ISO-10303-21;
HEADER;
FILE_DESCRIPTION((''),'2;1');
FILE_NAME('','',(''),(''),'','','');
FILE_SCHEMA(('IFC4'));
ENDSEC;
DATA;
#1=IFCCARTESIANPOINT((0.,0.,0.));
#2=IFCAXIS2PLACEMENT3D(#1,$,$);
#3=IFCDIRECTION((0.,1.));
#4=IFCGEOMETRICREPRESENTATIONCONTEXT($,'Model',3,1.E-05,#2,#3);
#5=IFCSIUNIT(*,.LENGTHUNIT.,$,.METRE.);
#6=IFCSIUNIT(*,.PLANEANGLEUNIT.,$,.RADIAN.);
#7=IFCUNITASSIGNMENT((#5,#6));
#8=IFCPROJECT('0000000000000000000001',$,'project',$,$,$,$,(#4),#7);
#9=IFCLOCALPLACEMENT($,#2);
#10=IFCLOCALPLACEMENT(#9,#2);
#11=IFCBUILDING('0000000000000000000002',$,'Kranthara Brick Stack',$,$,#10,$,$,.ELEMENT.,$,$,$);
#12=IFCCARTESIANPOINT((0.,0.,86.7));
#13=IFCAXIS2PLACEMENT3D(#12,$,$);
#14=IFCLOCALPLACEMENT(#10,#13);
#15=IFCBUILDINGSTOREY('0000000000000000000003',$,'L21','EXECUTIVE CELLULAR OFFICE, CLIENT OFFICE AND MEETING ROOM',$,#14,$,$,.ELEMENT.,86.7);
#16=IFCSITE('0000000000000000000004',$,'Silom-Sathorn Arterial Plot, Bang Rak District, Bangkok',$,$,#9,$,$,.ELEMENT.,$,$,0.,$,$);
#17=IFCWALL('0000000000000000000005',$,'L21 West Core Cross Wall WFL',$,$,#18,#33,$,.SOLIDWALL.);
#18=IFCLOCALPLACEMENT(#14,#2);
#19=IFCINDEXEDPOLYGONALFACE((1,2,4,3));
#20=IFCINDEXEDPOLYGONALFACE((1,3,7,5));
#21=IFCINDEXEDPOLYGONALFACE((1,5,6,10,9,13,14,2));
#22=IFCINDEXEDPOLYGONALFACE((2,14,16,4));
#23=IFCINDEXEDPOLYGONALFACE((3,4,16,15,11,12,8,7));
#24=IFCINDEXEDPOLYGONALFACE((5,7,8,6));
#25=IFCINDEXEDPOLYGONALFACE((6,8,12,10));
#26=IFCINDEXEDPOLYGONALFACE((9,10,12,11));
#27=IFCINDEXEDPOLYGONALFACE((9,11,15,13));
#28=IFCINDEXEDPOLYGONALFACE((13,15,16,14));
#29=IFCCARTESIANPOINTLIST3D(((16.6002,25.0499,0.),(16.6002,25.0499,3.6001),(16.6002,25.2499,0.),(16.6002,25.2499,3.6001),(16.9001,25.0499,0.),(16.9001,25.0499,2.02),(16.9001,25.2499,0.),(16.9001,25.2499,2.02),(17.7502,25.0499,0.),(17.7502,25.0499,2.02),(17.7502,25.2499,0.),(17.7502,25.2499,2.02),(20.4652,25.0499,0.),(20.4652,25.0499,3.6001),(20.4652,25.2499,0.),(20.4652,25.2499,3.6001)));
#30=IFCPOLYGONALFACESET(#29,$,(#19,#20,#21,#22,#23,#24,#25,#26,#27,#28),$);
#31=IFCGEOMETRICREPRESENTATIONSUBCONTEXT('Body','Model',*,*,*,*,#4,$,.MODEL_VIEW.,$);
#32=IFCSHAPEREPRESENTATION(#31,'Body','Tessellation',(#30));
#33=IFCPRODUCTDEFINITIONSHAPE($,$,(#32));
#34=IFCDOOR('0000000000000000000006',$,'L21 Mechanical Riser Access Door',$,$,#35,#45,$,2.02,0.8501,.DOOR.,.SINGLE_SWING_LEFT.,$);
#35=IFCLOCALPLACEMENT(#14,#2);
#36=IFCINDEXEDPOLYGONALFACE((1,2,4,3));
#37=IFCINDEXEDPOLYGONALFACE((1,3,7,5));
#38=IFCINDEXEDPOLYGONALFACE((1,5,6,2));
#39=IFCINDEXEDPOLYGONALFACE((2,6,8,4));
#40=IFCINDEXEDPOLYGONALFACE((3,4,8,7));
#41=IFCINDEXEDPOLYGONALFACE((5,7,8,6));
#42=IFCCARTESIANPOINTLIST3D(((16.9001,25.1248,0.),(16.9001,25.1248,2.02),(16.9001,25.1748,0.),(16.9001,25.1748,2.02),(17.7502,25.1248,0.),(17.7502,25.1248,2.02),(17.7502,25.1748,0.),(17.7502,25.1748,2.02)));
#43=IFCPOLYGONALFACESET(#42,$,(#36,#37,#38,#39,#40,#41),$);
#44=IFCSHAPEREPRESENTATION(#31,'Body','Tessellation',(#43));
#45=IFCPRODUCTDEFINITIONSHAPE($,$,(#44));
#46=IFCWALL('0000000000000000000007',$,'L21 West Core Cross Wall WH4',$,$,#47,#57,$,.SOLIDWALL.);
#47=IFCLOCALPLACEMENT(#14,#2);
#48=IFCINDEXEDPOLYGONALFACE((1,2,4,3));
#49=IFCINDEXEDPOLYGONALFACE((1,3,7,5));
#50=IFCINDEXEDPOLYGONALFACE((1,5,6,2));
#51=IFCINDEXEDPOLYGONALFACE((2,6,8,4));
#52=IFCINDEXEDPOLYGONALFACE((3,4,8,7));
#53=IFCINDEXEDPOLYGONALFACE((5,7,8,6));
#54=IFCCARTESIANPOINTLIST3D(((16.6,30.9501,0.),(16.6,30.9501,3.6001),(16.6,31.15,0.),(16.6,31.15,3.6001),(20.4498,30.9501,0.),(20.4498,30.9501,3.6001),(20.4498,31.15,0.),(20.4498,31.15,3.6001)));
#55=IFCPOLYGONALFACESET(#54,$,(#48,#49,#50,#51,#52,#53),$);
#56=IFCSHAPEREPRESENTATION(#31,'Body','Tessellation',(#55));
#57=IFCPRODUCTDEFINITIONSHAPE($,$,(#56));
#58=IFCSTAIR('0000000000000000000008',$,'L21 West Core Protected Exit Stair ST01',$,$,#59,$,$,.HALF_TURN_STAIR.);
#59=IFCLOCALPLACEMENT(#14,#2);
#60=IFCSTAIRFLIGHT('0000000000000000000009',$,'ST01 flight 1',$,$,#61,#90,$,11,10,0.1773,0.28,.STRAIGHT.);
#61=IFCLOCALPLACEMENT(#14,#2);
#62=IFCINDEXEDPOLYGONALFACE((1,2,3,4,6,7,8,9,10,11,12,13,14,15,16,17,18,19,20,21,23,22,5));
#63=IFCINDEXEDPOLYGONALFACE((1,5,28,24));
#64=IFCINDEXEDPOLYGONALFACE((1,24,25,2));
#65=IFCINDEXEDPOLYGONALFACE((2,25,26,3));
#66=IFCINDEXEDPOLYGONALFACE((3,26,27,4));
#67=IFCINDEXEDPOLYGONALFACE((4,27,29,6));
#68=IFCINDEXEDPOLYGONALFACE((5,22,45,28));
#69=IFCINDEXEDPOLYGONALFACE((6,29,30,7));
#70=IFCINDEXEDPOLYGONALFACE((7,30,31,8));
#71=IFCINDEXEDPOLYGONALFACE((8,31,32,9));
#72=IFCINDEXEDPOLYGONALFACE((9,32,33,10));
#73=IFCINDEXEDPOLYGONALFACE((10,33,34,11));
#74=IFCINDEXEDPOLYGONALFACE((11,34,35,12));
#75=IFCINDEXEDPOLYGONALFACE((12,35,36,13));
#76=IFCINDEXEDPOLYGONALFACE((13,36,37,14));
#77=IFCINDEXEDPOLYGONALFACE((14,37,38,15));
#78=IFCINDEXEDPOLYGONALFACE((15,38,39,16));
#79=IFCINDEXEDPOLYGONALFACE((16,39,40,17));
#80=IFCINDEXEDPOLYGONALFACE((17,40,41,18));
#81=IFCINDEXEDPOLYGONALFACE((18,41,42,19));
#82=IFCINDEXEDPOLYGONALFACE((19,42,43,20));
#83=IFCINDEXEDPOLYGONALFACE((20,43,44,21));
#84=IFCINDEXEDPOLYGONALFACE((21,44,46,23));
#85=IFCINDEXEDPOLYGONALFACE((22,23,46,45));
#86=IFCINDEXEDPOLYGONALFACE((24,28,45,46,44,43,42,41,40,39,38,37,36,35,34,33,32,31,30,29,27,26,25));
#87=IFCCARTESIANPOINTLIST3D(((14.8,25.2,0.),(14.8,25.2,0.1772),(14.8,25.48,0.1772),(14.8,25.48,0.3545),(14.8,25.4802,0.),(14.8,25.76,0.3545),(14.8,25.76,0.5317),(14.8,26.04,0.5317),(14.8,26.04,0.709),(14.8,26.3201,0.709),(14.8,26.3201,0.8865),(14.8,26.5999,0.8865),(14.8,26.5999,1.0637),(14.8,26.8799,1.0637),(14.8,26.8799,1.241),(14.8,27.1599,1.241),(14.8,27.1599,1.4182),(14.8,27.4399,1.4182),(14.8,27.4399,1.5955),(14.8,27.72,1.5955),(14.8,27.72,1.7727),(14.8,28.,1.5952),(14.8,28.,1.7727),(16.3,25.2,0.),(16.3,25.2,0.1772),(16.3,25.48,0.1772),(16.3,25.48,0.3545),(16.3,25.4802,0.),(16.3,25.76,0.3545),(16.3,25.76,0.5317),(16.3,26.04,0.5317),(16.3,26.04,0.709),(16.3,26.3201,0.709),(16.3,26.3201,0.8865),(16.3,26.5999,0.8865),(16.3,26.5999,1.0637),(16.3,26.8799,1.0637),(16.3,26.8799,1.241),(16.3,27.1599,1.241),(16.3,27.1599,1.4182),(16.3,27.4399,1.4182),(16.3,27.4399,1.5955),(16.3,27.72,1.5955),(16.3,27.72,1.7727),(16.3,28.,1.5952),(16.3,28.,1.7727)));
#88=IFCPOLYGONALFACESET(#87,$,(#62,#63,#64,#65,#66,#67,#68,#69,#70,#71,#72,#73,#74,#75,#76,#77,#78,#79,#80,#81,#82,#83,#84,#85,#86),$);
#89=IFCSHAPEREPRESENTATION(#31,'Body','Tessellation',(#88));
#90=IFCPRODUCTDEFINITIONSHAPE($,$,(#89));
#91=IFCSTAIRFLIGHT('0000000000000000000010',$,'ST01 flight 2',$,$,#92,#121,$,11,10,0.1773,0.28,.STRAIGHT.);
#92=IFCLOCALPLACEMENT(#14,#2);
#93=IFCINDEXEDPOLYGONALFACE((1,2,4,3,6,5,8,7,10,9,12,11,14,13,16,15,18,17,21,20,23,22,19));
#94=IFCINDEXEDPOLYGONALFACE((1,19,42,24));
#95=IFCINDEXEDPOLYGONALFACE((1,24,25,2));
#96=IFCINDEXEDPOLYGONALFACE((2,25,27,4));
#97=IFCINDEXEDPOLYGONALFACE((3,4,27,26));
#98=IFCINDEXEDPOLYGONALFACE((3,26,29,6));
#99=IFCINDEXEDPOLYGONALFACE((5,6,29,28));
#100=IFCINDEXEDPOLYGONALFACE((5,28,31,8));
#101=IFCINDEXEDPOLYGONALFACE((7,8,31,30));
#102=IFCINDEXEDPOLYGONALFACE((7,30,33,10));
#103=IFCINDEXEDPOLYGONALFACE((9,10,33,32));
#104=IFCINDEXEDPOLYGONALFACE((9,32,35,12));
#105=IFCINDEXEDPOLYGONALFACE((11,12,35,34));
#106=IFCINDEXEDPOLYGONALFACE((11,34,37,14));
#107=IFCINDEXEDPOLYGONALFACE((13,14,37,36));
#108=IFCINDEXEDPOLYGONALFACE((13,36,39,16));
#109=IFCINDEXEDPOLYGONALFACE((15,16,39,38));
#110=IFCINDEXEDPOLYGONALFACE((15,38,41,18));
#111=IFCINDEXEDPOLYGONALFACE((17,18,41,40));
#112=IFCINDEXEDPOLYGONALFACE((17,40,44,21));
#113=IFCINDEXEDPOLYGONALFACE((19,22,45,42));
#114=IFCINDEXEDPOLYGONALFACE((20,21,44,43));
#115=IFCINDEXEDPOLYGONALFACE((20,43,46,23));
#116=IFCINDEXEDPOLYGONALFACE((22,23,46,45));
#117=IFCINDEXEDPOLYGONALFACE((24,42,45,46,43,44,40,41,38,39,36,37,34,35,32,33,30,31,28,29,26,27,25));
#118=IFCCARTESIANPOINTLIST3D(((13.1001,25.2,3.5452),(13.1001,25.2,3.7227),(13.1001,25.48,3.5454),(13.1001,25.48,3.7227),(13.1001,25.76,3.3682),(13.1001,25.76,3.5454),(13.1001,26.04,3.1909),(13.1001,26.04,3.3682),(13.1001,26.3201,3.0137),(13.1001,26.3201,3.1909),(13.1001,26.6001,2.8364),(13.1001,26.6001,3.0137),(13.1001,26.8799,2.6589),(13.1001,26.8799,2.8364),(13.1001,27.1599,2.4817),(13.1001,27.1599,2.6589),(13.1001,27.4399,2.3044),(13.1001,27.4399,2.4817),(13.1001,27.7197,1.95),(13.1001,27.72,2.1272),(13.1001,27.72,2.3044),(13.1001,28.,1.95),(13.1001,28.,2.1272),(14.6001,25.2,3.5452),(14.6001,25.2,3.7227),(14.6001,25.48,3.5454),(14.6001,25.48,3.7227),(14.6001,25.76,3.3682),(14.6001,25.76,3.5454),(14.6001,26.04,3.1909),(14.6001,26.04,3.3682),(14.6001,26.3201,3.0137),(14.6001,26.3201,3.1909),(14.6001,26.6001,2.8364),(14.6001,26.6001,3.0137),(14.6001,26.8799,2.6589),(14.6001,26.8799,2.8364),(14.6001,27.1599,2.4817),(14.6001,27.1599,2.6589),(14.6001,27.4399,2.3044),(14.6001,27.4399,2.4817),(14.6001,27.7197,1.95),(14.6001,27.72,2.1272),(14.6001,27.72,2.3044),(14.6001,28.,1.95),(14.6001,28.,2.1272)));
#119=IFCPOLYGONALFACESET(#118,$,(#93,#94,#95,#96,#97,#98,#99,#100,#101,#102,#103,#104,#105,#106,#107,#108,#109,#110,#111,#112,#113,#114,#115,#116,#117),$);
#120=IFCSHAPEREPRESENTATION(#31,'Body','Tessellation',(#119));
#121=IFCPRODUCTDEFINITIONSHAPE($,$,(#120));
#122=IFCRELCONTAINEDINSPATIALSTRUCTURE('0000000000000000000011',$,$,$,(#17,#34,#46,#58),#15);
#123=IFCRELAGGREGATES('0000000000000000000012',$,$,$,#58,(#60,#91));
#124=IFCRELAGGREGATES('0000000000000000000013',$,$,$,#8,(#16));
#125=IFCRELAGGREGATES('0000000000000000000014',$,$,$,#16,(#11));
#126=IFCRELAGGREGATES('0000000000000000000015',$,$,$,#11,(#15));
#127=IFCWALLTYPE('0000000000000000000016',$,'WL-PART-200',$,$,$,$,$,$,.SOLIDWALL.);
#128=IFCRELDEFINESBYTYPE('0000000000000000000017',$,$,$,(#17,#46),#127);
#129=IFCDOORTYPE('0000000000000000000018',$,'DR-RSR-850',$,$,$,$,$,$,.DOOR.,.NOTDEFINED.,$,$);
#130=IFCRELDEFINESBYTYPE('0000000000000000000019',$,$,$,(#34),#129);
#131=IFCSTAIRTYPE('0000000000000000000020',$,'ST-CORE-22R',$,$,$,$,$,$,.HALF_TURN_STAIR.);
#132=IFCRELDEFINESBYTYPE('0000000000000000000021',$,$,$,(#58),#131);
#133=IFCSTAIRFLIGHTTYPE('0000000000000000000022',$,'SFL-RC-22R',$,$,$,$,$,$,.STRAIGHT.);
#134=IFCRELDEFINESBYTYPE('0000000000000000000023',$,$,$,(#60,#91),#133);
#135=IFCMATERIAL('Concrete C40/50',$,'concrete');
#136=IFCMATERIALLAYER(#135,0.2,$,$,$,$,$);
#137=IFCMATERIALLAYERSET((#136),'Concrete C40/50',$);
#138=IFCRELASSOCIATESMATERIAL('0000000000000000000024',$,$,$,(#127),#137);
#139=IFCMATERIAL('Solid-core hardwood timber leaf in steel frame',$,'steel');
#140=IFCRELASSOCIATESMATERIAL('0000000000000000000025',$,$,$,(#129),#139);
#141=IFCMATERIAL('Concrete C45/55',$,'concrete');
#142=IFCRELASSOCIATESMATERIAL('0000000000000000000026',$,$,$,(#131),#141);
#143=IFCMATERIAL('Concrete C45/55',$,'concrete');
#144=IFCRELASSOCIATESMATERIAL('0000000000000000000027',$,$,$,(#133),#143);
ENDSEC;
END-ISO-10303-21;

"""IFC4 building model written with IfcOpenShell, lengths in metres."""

from ifc_helpers import new_model, si_unit, direction, frame, frame_2d, origin, place, context, subcontext, project, spatial, polyline, rectangle, outline, extrude, material, layer, layer_set, type_object, element, fill, aggregate, save


model = new_model("IFC4")

# Units and contexts
model_context = context("Model", 3, precision=1e-05, world=origin(), true_north=direction((0.0, 1.0)))
body_context = subcontext(model_context, "Body", "Model", "MODEL_VIEW")
ifc_project = project(units=[si_unit("LENGTHUNIT", "METRE"), si_unit("PLANEANGLEUNIT", "RADIAN")], contexts=[model_context])

# Site, building, storey
site_placement = place(None, origin())
site = spatial("IfcSite", under=ifc_project, at=site_placement, Name="Silom-Sathorn Arterial Plot, Bang Rak District, Bangkok", CompositionType="ELEMENT", RefElevation=0.0)
building_placement = place(site_placement, origin())
building = spatial("IfcBuilding", under=site, at=building_placement, Name="Kranthara Brick Stack", CompositionType="ELEMENT")
storey_placement = place(building_placement, frame((0.0, 0.0, 86.7)))
storey = spatial("IfcBuildingStorey", under=building, at=storey_placement, Name="L21", Description="EXECUTIVE CELLULAR OFFICE, CLIENT OFFICE AND MEETING ROOM", CompositionType="ELEMENT", Elevation=86.7)

# Wall, opening, door
ifc_material_1 = material(Name="Concrete C40/50", Category="concrete")
ifc_layer_1 = layer(ifc_material_1, 0.2)
ifc_layer_set_1 = layer_set([ifc_layer_1], Name="Concrete C40/50")
wall_type_1 = type_object("IfcWallType", Name="WL-PART-200", PredefinedType="SOLIDWALL", material=ifc_layer_set_1)
wall_1_placement = place(storey_placement, frame((16.6001, 25.1499, 0.0), z_axis=(0.0, 0.0, 1.0), x_axis=(1.0, 0.0, 0.0)))
wall_1 = element("IfcWall", 1, at=wall_1_placement, inside=storey, type_object=wall_type_1, Name="L21 West Core Cross Wall WFL", PredefinedType="SOLIDWALL", context=body_context, shape_type="SweptSolid", body=[
    extrude(rectangle(XDim=3.865, YDim=0.2, at=frame_2d((1.9326, 0.0))), origin(), (0.0, 0.0, 1.0), 3.6001),
])
opening_1_placement = place(wall_1_placement, frame((0.3, 0.0, 0.0)))
opening_1 = element("IfcOpeningElement", 2, at=opening_1_placement, cuts=wall_1, PredefinedType="OPENING", context=body_context, shape_type="SweptSolid", body=[
    extrude(rectangle(XDim=0.8501, YDim=2.02, at=frame_2d((0.425, 1.01))), frame((0.0, 0.1099, 0.0), z_axis=(0.0, -1.0, 0.0), x_axis=(1.0, 0.0, 0.0)), (0.0, 0.0, 1.0), 0.22),
])
ifc_material_2 = material(Name="Solid-core hardwood timber leaf in steel frame", Category="steel")
door_type_1 = type_object("IfcDoorType", Name="DR-RSR-850", OperationType="NOTDEFINED", PredefinedType="DOOR", material=ifc_material_2)
door_1_placement = place(opening_1_placement, origin())
door_1 = element("IfcDoor", 3, at=door_1_placement, inside=storey, type_object=door_type_1, Name="L21 Mechanical Riser Access Door", OperationType="SINGLE_SWING_LEFT", OverallHeight=2.02, OverallWidth=0.8501, PredefinedType="DOOR", context=body_context, shape_type="SweptSolid", body=[
    extrude(rectangle(XDim=0.8501, YDim=2.02, at=frame_2d((0.425, 1.01))), frame((0.0, 0.0249, 0.0), z_axis=(0.0, -1.0, 0.0), x_axis=(1.0, 0.0, 0.0)), (0.0, 0.0, 1.0), 0.05),
])
fill(opening_1, door_1)

# Wall
wall_2_placement = place(storey_placement, frame((16.6001, 31.05, 0.0), z_axis=(0.0, 0.0, 1.0), x_axis=(1.0, 0.0, 0.0)))
element("IfcWall", 4, at=wall_2_placement, inside=storey, type_object=wall_type_1, Name="L21 West Core Cross Wall WH4", PredefinedType="SOLIDWALL", context=body_context, shape_type="SweptSolid", body=[
    extrude(rectangle(XDim=3.8499, YDim=0.2, at=frame_2d((1.9248, 0.0))), origin(), (0.0, 0.0, 1.0), 3.6001),
])

# Stair, stair flights
ifc_material_3 = material(Name="Concrete C45/55", Category="concrete")
stair_type = type_object("IfcStairType", Name="ST-CORE-22R", PredefinedType="HALF_TURN_STAIR", material=ifc_material_3)
stair_placement = place(storey_placement, origin())
stair = element("IfcStair", 5, at=stair_placement, inside=storey, type_object=stair_type, Name="L21 West Core Protected Exit Stair ST01", PredefinedType="HALF_TURN_STAIR")
ifc_material_4 = material(Name="Concrete C45/55", Category="concrete")
stair_flight_type = type_object("IfcStairFlightType", Name="SFL-RC-22R", PredefinedType="STRAIGHT", material=ifc_material_4)
stair_flight_1_placement = place(storey_placement, frame((15.55, 25.2, 0.0), z_axis=(0.0, 0.0, 1.0), x_axis=(0.0, 1.0, 0.0)))
stair_flight_1 = element("IfcStairFlight", 6, at=stair_flight_1_placement, type_object=stair_flight_type, Name="ST01 flight 1", NumberOfRisers=11, NumberOfTreads=10, PredefinedType="STRAIGHT", RiserHeight=0.1773, TreadLength=0.28, context=body_context, shape_type="SweptSolid", body=[
    extrude(outline(polyline([(0.0, 0.0), (0.0, 0.1772), (0.28, 0.1772), (0.28, 0.3545), (0.5601, 0.3545), (0.5601, 0.5317), (0.8401, 0.5317), (0.8401, 0.709), (1.1201, 0.709), (1.1201, 0.8865), (1.3999, 0.8865), (1.3999, 1.0637), (1.6799, 1.0637), (1.6799, 1.241), (1.96, 1.241), (1.96, 1.4182), (2.24, 1.4182), (2.24, 1.5955), (2.52, 1.5955), (2.52, 1.7727), (2.8, 1.7727), (2.8, 1.95), (2.8, 1.5952), (0.2803, 0.0), (0.0, 0.0)])), frame((0.0, 0.75, 0.0), z_axis=(0.0, -1.0, 0.0), x_axis=(1.0, 0.0, 0.0)), (0.0, 0.0, 1.0), 1.5),
])
stair_flight_2_placement = place(storey_placement, frame((13.8501, 28.0, 1.95), z_axis=(0.0, 0.0, 1.0), x_axis=(0.0, -1.0, 0.0)))
stair_flight_2 = element("IfcStairFlight", 7, at=stair_flight_2_placement, type_object=stair_flight_type, Name="ST01 flight 2", NumberOfRisers=11, NumberOfTreads=10, PredefinedType="STRAIGHT", RiserHeight=0.1773, TreadLength=0.28, context=body_context, shape_type="SweptSolid", body=[
    extrude(outline(polyline([(0.0, 0.0), (0.0, 0.1772), (0.28, 0.1772), (0.28, 0.3545), (0.5601, 0.3545), (0.5601, 0.5317), (0.8401, 0.5317), (0.8401, 0.709), (1.1201, 0.709), (1.1201, 0.8865), (1.3999, 0.8865), (1.3999, 1.0637), (1.6799, 1.0637), (1.6799, 1.241), (1.96, 1.241), (1.96, 1.4182), (2.24, 1.4182), (2.24, 1.5955), (2.52, 1.5955), (2.52, 1.7727), (2.8, 1.7727), (2.8, 1.95), (2.8, 1.5952), (0.2803, 0.0), (0.0, 0.0)])), frame((0.0, 0.75, 0.0), z_axis=(0.0, -1.0, 0.0), x_axis=(1.0, 0.0, 0.0)), (0.0, 0.0, 1.0), 1.5),
])
aggregate(stair, [stair_flight_1, stair_flight_2])

save(model, "model.ifc")
